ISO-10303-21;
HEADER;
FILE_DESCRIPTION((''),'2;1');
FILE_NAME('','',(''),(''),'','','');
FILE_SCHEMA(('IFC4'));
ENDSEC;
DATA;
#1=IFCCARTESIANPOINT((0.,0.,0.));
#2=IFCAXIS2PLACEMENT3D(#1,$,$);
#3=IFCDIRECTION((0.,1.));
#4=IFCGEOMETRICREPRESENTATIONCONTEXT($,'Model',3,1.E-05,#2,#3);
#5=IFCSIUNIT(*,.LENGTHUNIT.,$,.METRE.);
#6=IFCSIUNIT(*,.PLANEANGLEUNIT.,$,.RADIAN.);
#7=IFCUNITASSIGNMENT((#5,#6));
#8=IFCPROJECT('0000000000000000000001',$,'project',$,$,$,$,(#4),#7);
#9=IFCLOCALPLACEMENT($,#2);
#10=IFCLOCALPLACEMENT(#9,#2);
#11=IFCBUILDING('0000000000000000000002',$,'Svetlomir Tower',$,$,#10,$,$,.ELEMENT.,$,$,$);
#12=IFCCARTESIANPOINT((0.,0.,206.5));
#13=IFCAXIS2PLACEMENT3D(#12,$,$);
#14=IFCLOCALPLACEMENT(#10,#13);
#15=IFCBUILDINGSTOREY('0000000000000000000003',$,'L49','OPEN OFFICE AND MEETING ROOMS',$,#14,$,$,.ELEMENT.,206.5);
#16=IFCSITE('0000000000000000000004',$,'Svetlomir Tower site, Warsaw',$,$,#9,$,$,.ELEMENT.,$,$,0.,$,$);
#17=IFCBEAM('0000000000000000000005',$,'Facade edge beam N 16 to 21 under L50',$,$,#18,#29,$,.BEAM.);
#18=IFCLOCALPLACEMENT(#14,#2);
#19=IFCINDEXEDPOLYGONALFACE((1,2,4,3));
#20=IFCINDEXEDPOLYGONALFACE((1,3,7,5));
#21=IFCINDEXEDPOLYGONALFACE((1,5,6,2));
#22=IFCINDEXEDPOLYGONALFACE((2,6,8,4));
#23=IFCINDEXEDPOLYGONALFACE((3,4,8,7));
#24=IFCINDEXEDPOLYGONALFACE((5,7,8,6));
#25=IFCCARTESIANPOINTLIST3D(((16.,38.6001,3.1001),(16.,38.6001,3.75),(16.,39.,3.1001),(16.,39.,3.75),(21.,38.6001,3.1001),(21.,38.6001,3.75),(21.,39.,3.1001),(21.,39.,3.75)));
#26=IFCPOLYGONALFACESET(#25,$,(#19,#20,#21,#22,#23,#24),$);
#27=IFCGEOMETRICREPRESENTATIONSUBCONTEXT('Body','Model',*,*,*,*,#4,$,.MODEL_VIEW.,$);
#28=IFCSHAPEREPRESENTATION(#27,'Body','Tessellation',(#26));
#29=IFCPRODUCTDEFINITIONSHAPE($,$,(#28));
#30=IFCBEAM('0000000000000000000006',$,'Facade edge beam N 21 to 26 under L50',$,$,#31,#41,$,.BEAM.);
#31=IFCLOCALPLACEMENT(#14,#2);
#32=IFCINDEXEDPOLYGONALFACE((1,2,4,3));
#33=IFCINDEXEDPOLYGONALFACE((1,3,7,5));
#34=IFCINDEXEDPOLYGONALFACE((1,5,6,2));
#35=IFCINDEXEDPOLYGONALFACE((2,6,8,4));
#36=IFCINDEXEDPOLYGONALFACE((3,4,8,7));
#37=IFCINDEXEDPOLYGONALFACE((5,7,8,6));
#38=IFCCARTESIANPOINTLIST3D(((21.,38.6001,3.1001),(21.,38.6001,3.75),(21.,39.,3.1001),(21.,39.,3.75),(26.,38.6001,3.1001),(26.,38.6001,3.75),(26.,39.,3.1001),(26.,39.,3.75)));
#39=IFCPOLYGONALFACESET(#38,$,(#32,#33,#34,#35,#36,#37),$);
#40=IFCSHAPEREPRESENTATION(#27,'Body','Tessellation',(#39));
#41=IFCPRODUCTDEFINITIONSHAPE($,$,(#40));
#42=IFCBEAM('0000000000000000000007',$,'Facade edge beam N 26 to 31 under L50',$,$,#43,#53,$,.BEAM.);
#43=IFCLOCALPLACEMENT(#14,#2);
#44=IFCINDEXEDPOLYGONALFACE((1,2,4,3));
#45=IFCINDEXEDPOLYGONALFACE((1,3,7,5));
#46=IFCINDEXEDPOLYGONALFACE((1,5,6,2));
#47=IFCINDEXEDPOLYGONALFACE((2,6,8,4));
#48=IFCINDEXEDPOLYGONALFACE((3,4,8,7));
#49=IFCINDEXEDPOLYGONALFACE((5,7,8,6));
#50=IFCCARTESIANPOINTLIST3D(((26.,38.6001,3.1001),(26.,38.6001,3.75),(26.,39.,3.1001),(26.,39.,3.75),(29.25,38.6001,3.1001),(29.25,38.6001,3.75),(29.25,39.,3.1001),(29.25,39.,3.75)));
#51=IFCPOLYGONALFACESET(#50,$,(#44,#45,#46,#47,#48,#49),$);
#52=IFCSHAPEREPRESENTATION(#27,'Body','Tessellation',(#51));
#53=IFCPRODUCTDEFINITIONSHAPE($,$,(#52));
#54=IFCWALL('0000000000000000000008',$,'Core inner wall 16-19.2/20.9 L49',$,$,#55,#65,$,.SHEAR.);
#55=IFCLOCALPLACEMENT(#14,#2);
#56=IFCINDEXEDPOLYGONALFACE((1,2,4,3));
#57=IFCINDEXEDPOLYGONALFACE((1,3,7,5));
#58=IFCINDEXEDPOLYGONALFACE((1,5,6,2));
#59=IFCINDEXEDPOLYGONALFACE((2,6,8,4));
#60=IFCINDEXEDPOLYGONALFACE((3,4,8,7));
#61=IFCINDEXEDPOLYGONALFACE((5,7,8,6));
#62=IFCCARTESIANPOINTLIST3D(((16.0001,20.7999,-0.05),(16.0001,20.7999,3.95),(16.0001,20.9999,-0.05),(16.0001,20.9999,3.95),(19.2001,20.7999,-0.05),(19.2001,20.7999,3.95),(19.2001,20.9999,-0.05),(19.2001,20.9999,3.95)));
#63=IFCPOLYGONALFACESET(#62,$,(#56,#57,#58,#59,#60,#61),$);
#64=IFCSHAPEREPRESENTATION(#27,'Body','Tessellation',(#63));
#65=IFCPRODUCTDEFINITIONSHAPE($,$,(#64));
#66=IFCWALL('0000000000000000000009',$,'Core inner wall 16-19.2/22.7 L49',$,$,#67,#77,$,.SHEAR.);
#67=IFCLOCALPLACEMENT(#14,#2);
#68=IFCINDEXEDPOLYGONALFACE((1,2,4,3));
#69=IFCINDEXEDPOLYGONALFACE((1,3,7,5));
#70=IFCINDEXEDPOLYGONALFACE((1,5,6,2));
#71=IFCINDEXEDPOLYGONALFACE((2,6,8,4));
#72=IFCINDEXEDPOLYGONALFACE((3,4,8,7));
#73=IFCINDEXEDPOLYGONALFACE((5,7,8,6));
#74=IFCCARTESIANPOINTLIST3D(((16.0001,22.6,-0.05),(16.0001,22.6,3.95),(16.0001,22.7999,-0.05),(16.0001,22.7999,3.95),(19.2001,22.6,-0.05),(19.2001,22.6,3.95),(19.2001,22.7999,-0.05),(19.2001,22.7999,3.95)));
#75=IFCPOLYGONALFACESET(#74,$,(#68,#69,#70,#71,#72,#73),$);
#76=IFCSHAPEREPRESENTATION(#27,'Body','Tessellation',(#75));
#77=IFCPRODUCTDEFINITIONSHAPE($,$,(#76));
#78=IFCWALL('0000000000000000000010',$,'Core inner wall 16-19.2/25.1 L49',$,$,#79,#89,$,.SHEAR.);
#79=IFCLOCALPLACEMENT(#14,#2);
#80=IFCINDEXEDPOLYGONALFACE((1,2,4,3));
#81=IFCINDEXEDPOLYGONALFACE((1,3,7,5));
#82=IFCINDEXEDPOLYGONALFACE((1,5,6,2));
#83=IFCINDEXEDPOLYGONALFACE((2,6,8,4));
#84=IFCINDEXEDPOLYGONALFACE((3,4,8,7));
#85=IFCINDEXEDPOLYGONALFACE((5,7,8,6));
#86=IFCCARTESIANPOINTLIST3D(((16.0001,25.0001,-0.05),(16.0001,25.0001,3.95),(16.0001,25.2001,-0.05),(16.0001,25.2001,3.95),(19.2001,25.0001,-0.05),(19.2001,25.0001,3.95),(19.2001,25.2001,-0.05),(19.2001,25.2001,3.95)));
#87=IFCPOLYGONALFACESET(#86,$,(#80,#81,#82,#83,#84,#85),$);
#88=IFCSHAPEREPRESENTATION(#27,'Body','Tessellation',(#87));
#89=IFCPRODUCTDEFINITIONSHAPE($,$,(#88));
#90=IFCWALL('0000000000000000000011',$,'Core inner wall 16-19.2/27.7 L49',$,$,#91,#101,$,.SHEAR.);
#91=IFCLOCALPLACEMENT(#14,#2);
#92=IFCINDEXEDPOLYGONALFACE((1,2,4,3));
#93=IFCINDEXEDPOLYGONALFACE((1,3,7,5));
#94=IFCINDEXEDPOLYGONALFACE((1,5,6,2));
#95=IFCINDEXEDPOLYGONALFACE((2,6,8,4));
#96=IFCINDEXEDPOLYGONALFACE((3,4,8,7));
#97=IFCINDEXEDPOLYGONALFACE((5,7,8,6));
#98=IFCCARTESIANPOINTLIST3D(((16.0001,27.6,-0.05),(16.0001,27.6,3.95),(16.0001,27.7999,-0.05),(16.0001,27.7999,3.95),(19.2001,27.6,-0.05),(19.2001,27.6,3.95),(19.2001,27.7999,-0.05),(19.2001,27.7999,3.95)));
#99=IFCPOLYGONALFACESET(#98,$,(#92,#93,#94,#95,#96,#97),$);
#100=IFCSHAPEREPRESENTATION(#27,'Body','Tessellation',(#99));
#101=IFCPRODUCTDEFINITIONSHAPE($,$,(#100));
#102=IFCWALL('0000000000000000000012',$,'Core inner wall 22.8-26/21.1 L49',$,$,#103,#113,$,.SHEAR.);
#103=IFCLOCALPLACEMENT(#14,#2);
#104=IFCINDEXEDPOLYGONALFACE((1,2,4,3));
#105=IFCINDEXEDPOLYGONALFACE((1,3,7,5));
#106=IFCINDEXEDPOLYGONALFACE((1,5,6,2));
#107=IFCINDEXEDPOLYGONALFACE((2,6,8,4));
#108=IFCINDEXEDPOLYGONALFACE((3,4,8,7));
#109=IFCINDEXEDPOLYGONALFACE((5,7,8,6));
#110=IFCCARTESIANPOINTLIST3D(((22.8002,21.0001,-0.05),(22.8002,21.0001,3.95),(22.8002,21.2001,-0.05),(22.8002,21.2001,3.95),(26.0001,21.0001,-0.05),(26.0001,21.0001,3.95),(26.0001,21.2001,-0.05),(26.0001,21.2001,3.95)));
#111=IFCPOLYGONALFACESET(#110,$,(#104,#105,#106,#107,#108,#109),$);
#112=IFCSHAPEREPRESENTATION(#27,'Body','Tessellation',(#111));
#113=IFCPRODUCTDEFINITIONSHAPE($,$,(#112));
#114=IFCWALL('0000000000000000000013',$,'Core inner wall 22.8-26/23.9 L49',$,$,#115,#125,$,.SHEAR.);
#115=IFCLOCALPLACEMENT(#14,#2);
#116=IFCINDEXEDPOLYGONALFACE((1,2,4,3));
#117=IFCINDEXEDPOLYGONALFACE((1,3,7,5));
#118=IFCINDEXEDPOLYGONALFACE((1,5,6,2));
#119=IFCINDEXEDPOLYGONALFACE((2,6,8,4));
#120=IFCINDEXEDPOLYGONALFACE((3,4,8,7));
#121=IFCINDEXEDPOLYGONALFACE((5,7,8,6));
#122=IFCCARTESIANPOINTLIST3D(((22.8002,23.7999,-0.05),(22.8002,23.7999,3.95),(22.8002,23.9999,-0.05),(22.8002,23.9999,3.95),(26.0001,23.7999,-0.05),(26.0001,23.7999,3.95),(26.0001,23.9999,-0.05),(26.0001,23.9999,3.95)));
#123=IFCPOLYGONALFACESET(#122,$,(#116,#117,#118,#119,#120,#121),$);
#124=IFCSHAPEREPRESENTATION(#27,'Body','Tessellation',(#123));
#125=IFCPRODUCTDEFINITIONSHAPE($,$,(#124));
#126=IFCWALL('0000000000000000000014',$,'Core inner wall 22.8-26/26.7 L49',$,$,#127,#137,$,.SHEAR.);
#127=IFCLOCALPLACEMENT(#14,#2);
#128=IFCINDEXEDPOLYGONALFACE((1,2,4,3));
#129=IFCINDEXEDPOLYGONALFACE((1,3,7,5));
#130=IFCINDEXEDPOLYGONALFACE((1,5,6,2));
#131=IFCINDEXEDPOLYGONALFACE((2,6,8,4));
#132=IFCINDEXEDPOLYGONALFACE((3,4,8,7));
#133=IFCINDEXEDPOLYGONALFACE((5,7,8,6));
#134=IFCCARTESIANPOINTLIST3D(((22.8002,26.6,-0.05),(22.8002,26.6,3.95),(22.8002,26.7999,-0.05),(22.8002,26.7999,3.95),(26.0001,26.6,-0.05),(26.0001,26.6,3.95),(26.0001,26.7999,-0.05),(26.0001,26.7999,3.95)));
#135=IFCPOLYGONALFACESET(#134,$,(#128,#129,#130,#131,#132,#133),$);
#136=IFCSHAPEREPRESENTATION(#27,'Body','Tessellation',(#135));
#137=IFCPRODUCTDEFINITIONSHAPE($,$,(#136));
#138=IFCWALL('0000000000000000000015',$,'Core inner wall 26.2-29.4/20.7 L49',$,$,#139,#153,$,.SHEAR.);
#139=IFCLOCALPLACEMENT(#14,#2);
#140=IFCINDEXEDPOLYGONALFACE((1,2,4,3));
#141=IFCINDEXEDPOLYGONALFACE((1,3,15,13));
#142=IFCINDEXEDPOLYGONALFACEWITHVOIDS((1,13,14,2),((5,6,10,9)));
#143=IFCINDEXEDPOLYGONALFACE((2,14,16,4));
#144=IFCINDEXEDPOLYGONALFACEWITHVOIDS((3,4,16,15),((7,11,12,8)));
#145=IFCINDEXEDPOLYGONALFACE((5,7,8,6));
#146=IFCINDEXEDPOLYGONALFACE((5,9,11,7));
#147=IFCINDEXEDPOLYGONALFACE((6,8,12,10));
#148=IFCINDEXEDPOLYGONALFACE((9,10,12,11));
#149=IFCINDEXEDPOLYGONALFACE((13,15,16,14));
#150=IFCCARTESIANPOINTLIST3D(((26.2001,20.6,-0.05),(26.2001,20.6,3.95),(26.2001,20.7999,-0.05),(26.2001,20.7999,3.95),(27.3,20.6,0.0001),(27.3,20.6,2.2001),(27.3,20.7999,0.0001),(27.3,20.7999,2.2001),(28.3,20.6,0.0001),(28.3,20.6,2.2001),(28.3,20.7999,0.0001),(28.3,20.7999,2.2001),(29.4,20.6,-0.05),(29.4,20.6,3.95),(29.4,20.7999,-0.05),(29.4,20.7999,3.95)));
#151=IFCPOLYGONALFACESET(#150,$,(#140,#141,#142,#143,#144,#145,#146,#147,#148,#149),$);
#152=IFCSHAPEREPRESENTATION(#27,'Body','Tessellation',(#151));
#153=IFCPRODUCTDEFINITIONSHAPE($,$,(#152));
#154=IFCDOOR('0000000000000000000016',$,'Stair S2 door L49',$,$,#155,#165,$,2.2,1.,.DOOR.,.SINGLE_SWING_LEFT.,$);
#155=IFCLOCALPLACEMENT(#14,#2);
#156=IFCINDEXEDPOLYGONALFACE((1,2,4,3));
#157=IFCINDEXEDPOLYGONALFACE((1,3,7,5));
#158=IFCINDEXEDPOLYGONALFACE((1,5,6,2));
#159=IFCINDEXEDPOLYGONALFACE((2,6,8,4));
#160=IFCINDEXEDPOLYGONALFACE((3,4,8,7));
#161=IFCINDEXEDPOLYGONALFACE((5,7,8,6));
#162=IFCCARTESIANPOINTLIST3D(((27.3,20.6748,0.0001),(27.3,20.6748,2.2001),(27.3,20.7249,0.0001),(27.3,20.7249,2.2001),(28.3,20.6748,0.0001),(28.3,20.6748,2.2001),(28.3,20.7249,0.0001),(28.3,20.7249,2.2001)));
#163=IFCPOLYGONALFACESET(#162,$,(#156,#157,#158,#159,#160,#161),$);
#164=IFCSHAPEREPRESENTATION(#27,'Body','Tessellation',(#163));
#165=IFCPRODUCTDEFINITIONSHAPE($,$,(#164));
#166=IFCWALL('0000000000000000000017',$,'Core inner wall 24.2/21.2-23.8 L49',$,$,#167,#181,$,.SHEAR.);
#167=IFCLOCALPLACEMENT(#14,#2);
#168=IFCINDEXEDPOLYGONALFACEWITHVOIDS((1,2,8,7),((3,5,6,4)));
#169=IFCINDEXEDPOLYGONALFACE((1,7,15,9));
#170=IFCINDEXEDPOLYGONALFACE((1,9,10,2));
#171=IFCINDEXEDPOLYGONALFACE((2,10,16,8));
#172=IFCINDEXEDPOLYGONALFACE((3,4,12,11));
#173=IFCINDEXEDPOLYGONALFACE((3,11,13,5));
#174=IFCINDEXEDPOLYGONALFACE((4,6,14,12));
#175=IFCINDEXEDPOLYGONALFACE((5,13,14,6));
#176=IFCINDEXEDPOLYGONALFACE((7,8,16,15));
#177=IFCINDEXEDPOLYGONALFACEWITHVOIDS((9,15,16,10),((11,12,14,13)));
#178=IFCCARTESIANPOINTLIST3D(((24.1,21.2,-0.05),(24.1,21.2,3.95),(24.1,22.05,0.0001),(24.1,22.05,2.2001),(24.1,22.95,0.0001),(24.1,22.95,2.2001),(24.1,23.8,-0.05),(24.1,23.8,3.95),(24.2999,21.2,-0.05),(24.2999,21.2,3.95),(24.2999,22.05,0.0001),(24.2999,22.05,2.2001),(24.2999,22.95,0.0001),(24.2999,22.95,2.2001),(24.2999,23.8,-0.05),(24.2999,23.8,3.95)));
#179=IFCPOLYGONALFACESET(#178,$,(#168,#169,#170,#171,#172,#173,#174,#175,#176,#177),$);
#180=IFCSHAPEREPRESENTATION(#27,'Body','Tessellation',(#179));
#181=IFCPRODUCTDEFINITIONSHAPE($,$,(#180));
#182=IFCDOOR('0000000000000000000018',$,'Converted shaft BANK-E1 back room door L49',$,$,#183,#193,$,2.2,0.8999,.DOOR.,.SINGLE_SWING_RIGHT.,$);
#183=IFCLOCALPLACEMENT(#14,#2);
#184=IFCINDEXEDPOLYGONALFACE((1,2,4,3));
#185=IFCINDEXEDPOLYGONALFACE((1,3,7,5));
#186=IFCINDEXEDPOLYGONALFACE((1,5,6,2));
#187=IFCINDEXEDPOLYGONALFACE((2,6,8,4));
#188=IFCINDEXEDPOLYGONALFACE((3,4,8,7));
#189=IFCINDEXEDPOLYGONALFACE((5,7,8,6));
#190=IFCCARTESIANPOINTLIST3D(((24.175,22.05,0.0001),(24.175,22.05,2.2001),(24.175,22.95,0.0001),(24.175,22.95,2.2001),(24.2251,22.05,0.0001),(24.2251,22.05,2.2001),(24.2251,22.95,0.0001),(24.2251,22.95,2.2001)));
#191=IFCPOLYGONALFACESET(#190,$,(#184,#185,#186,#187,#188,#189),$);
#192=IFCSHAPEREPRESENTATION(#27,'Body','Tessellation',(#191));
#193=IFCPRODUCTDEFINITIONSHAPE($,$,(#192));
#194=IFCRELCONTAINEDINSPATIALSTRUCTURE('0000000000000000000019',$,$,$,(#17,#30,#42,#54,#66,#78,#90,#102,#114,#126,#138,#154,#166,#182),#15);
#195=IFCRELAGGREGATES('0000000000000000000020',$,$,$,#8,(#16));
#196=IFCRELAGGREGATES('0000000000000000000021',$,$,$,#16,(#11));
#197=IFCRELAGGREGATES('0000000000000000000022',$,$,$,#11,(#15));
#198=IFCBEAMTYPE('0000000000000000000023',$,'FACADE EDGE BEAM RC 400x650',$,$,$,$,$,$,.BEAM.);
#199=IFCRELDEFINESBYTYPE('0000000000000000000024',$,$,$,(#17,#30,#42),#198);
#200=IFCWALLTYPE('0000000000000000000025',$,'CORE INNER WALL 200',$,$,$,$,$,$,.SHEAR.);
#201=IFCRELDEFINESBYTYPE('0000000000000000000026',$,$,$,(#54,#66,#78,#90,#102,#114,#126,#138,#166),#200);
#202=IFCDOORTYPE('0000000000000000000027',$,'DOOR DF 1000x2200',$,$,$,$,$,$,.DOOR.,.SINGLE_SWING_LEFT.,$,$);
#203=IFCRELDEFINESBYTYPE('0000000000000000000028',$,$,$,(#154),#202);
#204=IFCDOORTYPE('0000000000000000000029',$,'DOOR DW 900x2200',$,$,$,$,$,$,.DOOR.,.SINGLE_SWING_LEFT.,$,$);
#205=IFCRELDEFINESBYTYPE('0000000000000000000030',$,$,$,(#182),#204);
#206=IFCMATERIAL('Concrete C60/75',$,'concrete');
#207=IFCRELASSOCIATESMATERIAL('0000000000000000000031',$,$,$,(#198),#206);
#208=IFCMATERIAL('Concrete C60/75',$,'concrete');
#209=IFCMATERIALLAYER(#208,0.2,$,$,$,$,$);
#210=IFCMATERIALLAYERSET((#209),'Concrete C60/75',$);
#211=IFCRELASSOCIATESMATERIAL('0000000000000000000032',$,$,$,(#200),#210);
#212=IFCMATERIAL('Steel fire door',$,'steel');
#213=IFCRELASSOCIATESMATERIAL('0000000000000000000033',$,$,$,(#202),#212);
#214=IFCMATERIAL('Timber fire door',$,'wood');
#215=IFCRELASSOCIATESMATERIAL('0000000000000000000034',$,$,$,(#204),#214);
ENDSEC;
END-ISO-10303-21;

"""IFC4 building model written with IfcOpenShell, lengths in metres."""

from ifc_helpers import new_model, si_unit, direction, frame, frame_2d, origin, origin_2d, place, context, subcontext, project, spatial, rectangle, extrude, material, layer, layer_set, material_profile, profile_set, type_object, element, fill, save


model = new_model("IFC4")

# Units and contexts
model_context = context("Model", 3, precision=1e-05, world=origin(), true_north=direction((0.0, 1.0)))
body_context = subcontext(model_context, "Body", "Model", "MODEL_VIEW")
ifc_project = project(units=[si_unit("LENGTHUNIT", "METRE"), si_unit("PLANEANGLEUNIT", "RADIAN")], contexts=[model_context])

# Site, building, storey
site_placement = place(None, origin())
site = spatial("IfcSite", under=ifc_project, at=site_placement, Name="Svetlomir Tower site, Warsaw", CompositionType="ELEMENT", RefElevation=0.0)
building_placement = place(site_placement, origin())
building = spatial("IfcBuilding", under=site, at=building_placement, Name="Svetlomir Tower", CompositionType="ELEMENT")
storey_placement = place(building_placement, frame((0.0, 0.0, 206.5)))
storey = spatial("IfcBuildingStorey", under=building, at=storey_placement, Name="L49", Description="OPEN OFFICE AND MEETING ROOMS", CompositionType="ELEMENT", Elevation=206.5)

# Beams
ifc_material_1 = material(Name="Concrete C60/75", Category="concrete")
ifc_material_profile = material_profile(ifc_material_1, rectangle(XDim=0.3999, YDim=0.6499, at=origin_2d()), Name="RC 400x650")
ifc_profile_set = profile_set([ifc_material_profile], Name="Concrete C60/75")
beam_type = type_object("IfcBeamType", Name="FACADE EDGE BEAM RC 400x650", PredefinedType="BEAM", material=ifc_profile_set)
for number, where, z_axis, x_axis, name in (
    (1, (16.0, 38.8, 3.425), (1.0, 0.0, 0.0), (0.0, 1.0, 0.0), "Facade edge beam N 16 to 21 under L50"),
    (2, (21.0, 38.8, 3.425), (1.0, 0.0, 0.0), (0.0, 1.0, 0.0), "Facade edge beam N 21 to 26 under L50"),
):
    element("IfcBeam", number, at=place(storey_placement, frame(where, z_axis=z_axis, x_axis=x_axis)), inside=storey, type_object=beam_type, Name=name, PredefinedType="BEAM", context=body_context, shape_type="SweptSolid", body=[
        extrude(rectangle(XDim=0.3999, YDim=0.6499, at=origin_2d()), origin(), (0.0, 0.0, 1.0), 5.0),
    ])
beam_placement = place(storey_placement, frame((26.0, 38.8, 3.425), z_axis=(1.0, 0.0, 0.0), x_axis=(0.0, 1.0, 0.0)))
element("IfcBeam", 3, at=beam_placement, inside=storey, type_object=beam_type, Name="Facade edge beam N 26 to 31 under L50", PredefinedType="BEAM", context=body_context, shape_type="SweptSolid", body=[
    extrude(rectangle(XDim=0.3999, YDim=0.6499, at=origin_2d()), origin(), (0.0, 0.0, 1.0), 3.25),
])

# Walls
ifc_material_2 = material(Name="Concrete C60/75", Category="concrete")
ifc_layer_1 = layer(ifc_material_2, 0.2)
ifc_layer_set_1 = layer_set([ifc_layer_1], Name="Concrete C60/75")
wall_type_1 = type_object("IfcWallType", Name="CORE INNER WALL 200", PredefinedType="SHEAR", material=ifc_layer_set_1)
for number, where, z_axis, x_axis, name in (
    (4, (16.0, 20.8999, -0.05), (0.0, 0.0, 1.0), (1.0, 0.0, 0.0), "Core inner wall 16-19.2/20.9 L49"),
    (5, (16.0, 22.7, -0.05), (0.0, 0.0, 1.0), (1.0, 0.0, 0.0), "Core inner wall 16-19.2/22.7 L49"),
    (6, (16.0, 25.1001, -0.05), (0.0, 0.0, 1.0), (1.0, 0.0, 0.0), "Core inner wall 16-19.2/25.1 L49"),
    (7, (16.0, 27.7, -0.05), (0.0, 0.0, 1.0), (1.0, 0.0, 0.0), "Core inner wall 16-19.2/27.7 L49"),
    (8, (22.8, 21.1001, -0.05), (0.0, 0.0, 1.0), (1.0, 0.0, 0.0), "Core inner wall 22.8-26/21.1 L49"),
    (9, (22.8, 23.8999, -0.05), (0.0, 0.0, 1.0), (1.0, 0.0, 0.0), "Core inner wall 22.8-26/23.9 L49"),
    (10, (22.8, 26.7, -0.05), (0.0, 0.0, 1.0), (1.0, 0.0, 0.0), "Core inner wall 22.8-26/26.7 L49"),
):
    element("IfcWall", number, at=place(storey_placement, frame(where, z_axis=z_axis, x_axis=x_axis)), inside=storey, type_object=wall_type_1, Name=name, PredefinedType="SHEAR", context=body_context, shape_type="SweptSolid", body=[
        extrude(rectangle(XDim=3.2, YDim=0.2, at=frame_2d((1.6001, 0.0))), origin(), (0.0, 0.0, 1.0), 4.0),
    ])

# Walls, openings, doors
wall_1_placement = place(storey_placement, frame((26.2, 20.7, -0.05), z_axis=(0.0, 0.0, 1.0), x_axis=(1.0, 0.0, 0.0)))
wall_1 = element("IfcWall", 11, at=wall_1_placement, inside=storey, type_object=wall_type_1, Name="Core inner wall 26.2-29.4/20.7 L49", PredefinedType="SHEAR", context=body_context, shape_type="SweptSolid", body=[
    extrude(rectangle(XDim=3.2, YDim=0.2, at=frame_2d((1.6001, 0.0))), origin(), (0.0, 0.0, 1.0), 4.0),
])
opening_1_placement = place(wall_1_placement, frame((1.1001, 0.0, 0.05)))
opening_1 = element("IfcOpeningElement", 12, at=opening_1_placement, cuts=wall_1, PredefinedType="OPENING", context=body_context, shape_type="SweptSolid", body=[
    extrude(rectangle(XDim=1.0, YDim=2.2, at=frame_2d((0.5, 1.1001))), frame((0.0, 0.1099, 0.0), z_axis=(0.0, -1.0, 0.0), x_axis=(1.0, 0.0, 0.0)), (0.0, 0.0, 1.0), 0.22),
])
ifc_material_3 = material(Name="Steel fire door", Category="steel")
door_type_1 = type_object("IfcDoorType", Name="DOOR DF 1000x2200", OperationType="SINGLE_SWING_LEFT", PredefinedType="DOOR", material=ifc_material_3)
door_1_placement = place(opening_1_placement, origin())
door_1 = element("IfcDoor", 13, at=door_1_placement, inside=storey, type_object=door_type_1, Name="Stair S2 door L49", OperationType="SINGLE_SWING_LEFT", OverallHeight=2.2, OverallWidth=1.0, PredefinedType="DOOR", context=body_context, shape_type="SweptSolid", body=[
    extrude(rectangle(XDim=1.0, YDim=2.2, at=frame_2d((0.5, 1.1001))), frame((0.0, 0.0249, 0.0), z_axis=(0.0, -1.0, 0.0), x_axis=(1.0, 0.0, 0.0)), (0.0, 0.0, 1.0), 0.05),
])
fill(opening_1, door_1)
wall_2_placement = place(storey_placement, frame((24.2, 21.2, -0.05), z_axis=(0.0, 0.0, 1.0), x_axis=(0.0, 1.0, 0.0)))
wall_2 = element("IfcWall", 14, at=wall_2_placement, inside=storey, type_object=wall_type_1, Name="Core inner wall 24.2/21.2-23.8 L49", PredefinedType="SHEAR", context=body_context, shape_type="SweptSolid", body=[
    extrude(rectangle(XDim=2.6001, YDim=0.2, at=frame_2d((1.3, 0.0))), origin(), (0.0, 0.0, 1.0), 4.0),
])
opening_2_placement = place(wall_2_placement, frame((0.8501, 0.0, 0.05)))
opening_2 = element("IfcOpeningElement", 15, at=opening_2_placement, cuts=wall_2, PredefinedType="OPENING", context=body_context, shape_type="SweptSolid", body=[
    extrude(rectangle(XDim=0.8999, YDim=2.2, at=frame_2d((0.45, 1.1001))), frame((0.0, 0.1099, 0.0), z_axis=(0.0, -1.0, 0.0), x_axis=(1.0, 0.0, 0.0)), (0.0, 0.0, 1.0), 0.22),
])
ifc_material_4 = material(Name="Timber fire door", Category="wood")
door_type_2 = type_object("IfcDoorType", Name="DOOR DW 900x2200", OperationType="SINGLE_SWING_LEFT", PredefinedType="DOOR", material=ifc_material_4)
door_2_placement = place(opening_2_placement, origin())
door_2 = element("IfcDoor", 16, at=door_2_placement, inside=storey, type_object=door_type_2, Name="Converted shaft BANK-E1 back room door L49", OperationType="SINGLE_SWING_RIGHT", OverallHeight=2.2, OverallWidth=0.8999, PredefinedType="DOOR", context=body_context, shape_type="SweptSolid", body=[
    extrude(rectangle(XDim=0.8999, YDim=2.2, at=frame_2d((0.45, 1.1001))), frame((0.0, 0.0249, 0.0), z_axis=(0.0, -1.0, 0.0), x_axis=(1.0, 0.0, 0.0)), (0.0, 0.0, 1.0), 0.05),
])
fill(opening_2, door_2)

save(model, "model.ifc")
